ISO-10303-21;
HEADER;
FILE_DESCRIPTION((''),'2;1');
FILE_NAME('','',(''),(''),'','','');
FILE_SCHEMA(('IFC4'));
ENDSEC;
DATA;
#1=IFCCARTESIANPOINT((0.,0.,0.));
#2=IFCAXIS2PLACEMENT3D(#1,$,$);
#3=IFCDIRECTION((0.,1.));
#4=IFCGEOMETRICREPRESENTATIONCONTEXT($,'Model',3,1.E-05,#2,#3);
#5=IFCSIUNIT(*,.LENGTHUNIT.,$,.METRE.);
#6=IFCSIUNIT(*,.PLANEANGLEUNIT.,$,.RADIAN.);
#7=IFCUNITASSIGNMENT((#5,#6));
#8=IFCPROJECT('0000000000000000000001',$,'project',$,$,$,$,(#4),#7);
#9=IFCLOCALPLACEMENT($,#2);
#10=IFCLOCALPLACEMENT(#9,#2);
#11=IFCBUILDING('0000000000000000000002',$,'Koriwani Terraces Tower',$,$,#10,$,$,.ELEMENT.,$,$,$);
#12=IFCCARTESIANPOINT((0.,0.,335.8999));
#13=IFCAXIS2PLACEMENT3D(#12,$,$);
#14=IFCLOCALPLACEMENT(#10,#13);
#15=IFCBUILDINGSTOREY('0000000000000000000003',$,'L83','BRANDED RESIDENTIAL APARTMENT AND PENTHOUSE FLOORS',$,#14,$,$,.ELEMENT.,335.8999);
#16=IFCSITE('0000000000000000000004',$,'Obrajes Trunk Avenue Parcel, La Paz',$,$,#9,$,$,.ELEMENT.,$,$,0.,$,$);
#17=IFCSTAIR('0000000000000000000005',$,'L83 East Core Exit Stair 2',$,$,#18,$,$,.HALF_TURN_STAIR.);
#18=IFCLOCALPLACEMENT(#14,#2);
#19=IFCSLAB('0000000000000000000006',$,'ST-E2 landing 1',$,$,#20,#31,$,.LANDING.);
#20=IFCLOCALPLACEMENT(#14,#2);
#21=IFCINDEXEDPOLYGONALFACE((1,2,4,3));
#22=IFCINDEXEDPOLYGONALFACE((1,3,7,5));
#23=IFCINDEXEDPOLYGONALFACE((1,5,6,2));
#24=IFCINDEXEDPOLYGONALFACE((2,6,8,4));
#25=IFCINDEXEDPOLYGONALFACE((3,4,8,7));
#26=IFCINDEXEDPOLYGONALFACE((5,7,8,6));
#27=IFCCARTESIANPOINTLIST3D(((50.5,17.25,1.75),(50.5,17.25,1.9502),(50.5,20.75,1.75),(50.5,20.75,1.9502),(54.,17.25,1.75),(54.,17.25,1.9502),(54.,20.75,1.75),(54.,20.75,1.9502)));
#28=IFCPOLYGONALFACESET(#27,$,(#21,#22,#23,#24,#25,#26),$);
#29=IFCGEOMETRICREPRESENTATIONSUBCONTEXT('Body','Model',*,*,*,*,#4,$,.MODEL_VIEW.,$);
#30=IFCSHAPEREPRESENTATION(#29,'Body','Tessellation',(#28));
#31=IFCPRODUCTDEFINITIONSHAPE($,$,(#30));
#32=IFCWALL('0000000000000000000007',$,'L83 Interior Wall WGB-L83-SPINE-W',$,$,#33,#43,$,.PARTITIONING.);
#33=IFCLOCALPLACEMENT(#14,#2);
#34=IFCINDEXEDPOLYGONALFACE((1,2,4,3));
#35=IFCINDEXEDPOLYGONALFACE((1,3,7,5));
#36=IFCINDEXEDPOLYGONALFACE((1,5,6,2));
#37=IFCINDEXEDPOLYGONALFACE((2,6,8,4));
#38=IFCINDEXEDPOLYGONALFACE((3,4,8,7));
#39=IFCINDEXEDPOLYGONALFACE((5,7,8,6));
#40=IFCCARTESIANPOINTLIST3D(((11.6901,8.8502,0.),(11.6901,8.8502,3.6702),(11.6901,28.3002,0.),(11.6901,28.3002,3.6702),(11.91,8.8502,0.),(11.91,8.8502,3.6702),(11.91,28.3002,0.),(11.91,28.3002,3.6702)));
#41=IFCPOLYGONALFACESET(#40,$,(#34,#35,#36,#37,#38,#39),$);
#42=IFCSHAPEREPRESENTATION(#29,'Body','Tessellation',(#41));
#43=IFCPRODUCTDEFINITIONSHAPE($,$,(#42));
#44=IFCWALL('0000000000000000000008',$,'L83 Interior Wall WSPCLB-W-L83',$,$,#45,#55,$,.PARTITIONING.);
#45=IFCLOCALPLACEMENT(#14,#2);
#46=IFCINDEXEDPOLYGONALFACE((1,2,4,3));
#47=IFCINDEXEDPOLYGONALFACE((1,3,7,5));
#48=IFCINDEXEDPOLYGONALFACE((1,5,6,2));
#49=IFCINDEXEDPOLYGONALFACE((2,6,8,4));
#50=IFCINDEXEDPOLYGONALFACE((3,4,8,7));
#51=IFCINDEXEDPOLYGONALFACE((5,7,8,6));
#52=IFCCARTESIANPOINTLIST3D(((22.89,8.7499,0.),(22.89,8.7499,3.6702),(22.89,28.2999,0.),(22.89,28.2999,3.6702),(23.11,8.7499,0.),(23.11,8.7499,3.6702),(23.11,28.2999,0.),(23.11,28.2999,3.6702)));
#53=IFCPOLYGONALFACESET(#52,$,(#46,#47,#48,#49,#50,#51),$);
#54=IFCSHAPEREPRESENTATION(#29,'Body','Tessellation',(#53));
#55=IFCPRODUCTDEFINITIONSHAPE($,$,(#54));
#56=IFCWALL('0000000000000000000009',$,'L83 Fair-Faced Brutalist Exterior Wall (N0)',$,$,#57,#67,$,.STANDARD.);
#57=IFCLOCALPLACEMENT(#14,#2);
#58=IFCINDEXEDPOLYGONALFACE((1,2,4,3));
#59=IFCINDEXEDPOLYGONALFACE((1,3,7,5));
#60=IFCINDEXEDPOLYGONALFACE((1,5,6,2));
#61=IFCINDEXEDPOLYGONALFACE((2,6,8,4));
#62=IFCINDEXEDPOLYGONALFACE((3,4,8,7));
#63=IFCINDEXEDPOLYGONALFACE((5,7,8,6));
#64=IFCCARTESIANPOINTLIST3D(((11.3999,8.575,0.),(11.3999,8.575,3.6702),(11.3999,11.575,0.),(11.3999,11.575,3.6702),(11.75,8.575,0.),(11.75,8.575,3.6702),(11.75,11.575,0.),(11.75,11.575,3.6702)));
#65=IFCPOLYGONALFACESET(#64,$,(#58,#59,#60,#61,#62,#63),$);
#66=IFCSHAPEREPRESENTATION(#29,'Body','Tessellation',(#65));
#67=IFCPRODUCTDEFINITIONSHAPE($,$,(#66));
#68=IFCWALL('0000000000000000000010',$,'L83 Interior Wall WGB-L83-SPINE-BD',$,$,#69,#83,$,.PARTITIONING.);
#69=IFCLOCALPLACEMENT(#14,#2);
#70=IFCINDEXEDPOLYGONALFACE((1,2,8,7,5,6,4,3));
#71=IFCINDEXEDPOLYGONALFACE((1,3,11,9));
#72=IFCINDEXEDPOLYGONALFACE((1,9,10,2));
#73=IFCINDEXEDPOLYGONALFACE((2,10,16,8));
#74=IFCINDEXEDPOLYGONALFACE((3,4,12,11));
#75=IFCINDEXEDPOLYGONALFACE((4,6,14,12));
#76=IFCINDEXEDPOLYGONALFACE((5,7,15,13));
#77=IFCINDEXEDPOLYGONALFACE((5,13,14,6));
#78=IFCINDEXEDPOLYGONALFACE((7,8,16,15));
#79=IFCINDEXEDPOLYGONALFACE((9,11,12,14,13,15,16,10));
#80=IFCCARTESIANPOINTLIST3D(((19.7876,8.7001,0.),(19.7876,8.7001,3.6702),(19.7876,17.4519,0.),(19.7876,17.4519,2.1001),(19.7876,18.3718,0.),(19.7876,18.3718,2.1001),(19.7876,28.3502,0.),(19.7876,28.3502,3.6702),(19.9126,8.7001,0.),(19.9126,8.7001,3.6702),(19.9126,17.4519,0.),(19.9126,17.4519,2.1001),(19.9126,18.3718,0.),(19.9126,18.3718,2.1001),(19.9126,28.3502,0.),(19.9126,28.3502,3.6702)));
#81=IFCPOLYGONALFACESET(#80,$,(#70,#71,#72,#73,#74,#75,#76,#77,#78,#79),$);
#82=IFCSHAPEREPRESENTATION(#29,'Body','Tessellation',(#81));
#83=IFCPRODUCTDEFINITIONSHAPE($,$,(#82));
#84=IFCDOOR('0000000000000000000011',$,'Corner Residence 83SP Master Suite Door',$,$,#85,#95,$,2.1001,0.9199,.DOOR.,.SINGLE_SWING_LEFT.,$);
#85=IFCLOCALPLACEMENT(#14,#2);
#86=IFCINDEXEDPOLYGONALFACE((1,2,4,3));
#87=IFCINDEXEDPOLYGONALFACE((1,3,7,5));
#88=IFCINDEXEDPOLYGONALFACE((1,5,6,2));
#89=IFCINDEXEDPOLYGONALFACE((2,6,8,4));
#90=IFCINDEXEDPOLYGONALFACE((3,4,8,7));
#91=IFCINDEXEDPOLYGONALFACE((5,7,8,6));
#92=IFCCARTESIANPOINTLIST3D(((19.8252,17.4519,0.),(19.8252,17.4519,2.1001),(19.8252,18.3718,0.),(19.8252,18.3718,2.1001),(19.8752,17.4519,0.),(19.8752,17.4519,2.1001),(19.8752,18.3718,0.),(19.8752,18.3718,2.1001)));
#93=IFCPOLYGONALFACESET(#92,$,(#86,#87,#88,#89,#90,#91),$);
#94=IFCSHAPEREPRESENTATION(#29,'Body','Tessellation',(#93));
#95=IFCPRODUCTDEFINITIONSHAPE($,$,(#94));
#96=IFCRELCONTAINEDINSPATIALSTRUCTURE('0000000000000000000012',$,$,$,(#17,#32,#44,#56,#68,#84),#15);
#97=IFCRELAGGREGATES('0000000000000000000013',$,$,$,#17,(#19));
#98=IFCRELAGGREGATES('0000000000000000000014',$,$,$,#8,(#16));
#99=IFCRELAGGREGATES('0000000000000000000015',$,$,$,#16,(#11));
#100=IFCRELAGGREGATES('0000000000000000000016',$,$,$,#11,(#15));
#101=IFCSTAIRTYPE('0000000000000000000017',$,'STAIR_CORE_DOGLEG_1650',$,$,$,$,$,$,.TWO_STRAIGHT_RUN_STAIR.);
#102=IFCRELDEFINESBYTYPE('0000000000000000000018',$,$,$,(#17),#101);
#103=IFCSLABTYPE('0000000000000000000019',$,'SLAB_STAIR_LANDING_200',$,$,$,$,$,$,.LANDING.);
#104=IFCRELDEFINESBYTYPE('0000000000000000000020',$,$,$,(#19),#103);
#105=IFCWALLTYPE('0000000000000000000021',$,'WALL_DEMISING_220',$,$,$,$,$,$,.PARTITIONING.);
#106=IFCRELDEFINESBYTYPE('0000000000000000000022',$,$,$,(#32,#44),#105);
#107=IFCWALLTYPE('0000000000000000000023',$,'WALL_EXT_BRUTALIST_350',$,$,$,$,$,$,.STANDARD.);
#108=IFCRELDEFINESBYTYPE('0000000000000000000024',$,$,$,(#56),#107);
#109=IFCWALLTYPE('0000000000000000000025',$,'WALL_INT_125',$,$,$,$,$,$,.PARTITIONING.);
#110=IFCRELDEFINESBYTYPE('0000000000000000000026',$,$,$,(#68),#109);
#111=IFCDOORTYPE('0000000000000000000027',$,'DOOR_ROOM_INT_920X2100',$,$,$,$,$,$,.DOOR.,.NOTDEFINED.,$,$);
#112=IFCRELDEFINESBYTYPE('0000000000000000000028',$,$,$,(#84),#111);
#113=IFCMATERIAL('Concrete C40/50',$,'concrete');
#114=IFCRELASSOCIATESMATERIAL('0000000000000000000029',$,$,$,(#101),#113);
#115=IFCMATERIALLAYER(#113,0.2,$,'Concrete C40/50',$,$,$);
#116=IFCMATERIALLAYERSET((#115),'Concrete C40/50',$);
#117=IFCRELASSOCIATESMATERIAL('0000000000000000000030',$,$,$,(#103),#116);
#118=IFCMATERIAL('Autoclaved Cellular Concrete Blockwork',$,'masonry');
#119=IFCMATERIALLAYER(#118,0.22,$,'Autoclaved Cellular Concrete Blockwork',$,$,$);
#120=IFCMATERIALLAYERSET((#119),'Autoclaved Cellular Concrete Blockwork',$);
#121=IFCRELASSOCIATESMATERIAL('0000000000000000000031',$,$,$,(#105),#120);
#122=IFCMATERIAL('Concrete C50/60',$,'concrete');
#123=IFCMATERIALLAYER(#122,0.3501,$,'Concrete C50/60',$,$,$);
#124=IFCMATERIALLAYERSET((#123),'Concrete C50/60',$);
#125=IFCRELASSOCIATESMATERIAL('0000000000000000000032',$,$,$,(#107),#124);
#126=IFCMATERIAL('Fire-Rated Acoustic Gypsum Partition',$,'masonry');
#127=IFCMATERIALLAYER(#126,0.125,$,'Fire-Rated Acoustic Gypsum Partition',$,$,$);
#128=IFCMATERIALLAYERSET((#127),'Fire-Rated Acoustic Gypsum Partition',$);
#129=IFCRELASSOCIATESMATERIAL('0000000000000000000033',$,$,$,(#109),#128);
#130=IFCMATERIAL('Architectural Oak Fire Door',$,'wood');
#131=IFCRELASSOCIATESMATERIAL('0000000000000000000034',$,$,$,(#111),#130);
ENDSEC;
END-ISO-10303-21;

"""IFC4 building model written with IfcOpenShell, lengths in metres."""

from ifc_helpers import new_model, si_unit, direction, frame, frame_2d, origin, place, context, subcontext, project, spatial, polyline, rectangle, outline, extrude, material, layer, layer_set, type_object, element, fill, aggregate, save


model = new_model("IFC4")

# Units and contexts
model_context = context("Model", 3, precision=1e-05, world=origin(), true_north=direction((0.0, 1.0)))
body_context = subcontext(model_context, "Body", "Model", "MODEL_VIEW")
ifc_project = project(units=[si_unit("LENGTHUNIT", "METRE"), si_unit("PLANEANGLEUNIT", "RADIAN")], contexts=[model_context])

# Site, building, storey
site_placement = place(None, origin())
site = spatial("IfcSite", under=ifc_project, at=site_placement, Name="Obrajes Trunk Avenue Parcel, La Paz", CompositionType="ELEMENT", RefElevation=0.0)
building_placement = place(site_placement, origin())
building = spatial("IfcBuilding", under=site, at=building_placement, Name="Koriwani Terraces Tower", CompositionType="ELEMENT")
storey_placement = place(building_placement, frame((0.0, 0.0, 335.8999)))
storey = spatial("IfcBuildingStorey", under=building, at=storey_placement, Name="L83", Description="BRANDED RESIDENTIAL APARTMENT AND PENTHOUSE FLOORS", CompositionType="ELEMENT", Elevation=335.8999)

# Shared definitions
ifc_material_1 = material(Name="Concrete C50/60", Category="concrete")

# Shared definitions
ifc_material_2 = material(Name="Concrete C40/50", Category="concrete")

# Stair, slab
stair_type = type_object("IfcStairType", Name="STAIR_CORE_DOGLEG_1650", PredefinedType="TWO_STRAIGHT_RUN_STAIR", material=ifc_material_2)
ifc_layer_1 = layer(ifc_material_2, 0.2, Name="Concrete C40/50")
ifc_layer_set_1 = layer_set([ifc_layer_1], Name="Concrete C40/50")
slab_type_1 = type_object("IfcSlabType", Name="SLAB_STAIR_LANDING_200", PredefinedType="LANDING", material=ifc_layer_set_1)
stair_1_placement = place(storey_placement, origin())
stair_1 = element("IfcStair", 1, at=stair_1_placement, inside=storey, type_object=stair_type, Name="L83 East Core Exit Stair 2", PredefinedType="HALF_TURN_STAIR")
slab_1_placement = place(storey_placement, frame((0.0, 0.0, 1.75)))
slab_1 = element("IfcSlab", 2, at=slab_1_placement, type_object=slab_type_1, Name="ST-E2 landing 1", PredefinedType="LANDING", context=body_context, shape_type="SweptSolid", body=[
    extrude(outline(polyline([(54.0, 20.75), (50.5, 20.75), (50.5, 17.25), (54.0, 17.25), (54.0, 20.75)])), origin(), (0.0, 0.0, 1.0), 0.2002),
])
aggregate(stair_1, [slab_1])

# Walls
ifc_material_3 = material(Name="Autoclaved Cellular Concrete Blockwork", Category="masonry")
ifc_layer_2 = layer(ifc_material_3, 0.22, Name="Autoclaved Cellular Concrete Blockwork")
ifc_layer_set_2 = layer_set([ifc_layer_2], Name="Autoclaved Cellular Concrete Blockwork")
wall_type_1 = type_object("IfcWallType", Name="WALL_DEMISING_220", PredefinedType="PARTITIONING", material=ifc_layer_set_2)
wall_1_placement = place(storey_placement, frame((11.8, 8.8501, 0.0), z_axis=(0.0, 0.0, 1.0), x_axis=(0.0, 1.0, 0.0)))
element("IfcWall", 3, at=wall_1_placement, inside=storey, type_object=wall_type_1, Name="L83 Interior Wall WGB-L83-SPINE-W", PredefinedType="PARTITIONING", context=body_context, shape_type="SweptSolid", body=[
    extrude(rectangle(XDim=19.45, YDim=0.22, at=frame_2d((9.7251, 0.0))), origin(), (0.0, 0.0, 1.0), 3.6702),
])
wall_2_placement = place(storey_placement, frame((23.0, 8.75, 0.0), z_axis=(0.0, 0.0, 1.0), x_axis=(0.0, 1.0, 0.0)))
element("IfcWall", 4, at=wall_2_placement, inside=storey, type_object=wall_type_1, Name="L83 Interior Wall WSPCLB-W-L83", PredefinedType="PARTITIONING", context=body_context, shape_type="SweptSolid", body=[
    extrude(rectangle(XDim=19.55, YDim=0.22, at=frame_2d((9.7749, 0.0))), origin(), (0.0, 0.0, 1.0), 3.6702),
])
ifc_layer_3 = layer(ifc_material_1, 0.3501, Name="Concrete C50/60")
ifc_layer_set_3 = layer_set([ifc_layer_3], Name="Concrete C50/60")
wall_type_2 = type_object("IfcWallType", Name="WALL_EXT_BRUTALIST_350", PredefinedType="STANDARD", material=ifc_layer_set_3)
wall_3_placement = place(storey_placement, frame((11.575, 8.575, 0.0), z_axis=(0.0, 0.0, 1.0), x_axis=(0.0, 1.0, 0.0)))
element("IfcWall", 5, at=wall_3_placement, inside=storey, type_object=wall_type_2, Name="L83 Fair-Faced Brutalist Exterior Wall (N0)", PredefinedType="STANDARD", context=body_context, shape_type="SweptSolid", body=[
    extrude(rectangle(XDim=3.0, YDim=0.3501, at=frame_2d((1.5, 0.0))), origin(), (0.0, 0.0, 1.0), 3.6702),
])

# Wall, opening, door
ifc_material_4 = material(Name="Fire-Rated Acoustic Gypsum Partition", Category="masonry")
ifc_layer_4 = layer(ifc_material_4, 0.125, Name="Fire-Rated Acoustic Gypsum Partition")
ifc_layer_set_4 = layer_set([ifc_layer_4], Name="Fire-Rated Acoustic Gypsum Partition")
wall_type_3 = type_object("IfcWallType", Name="WALL_INT_125", PredefinedType="PARTITIONING", material=ifc_layer_set_4)
wall_4_placement = place(storey_placement, frame((19.8501, 8.7, 0.0), z_axis=(0.0, 0.0, 1.0), x_axis=(0.0, 1.0, 0.0)))
wall_4 = element("IfcWall", 6, at=wall_4_placement, inside=storey, type_object=wall_type_3, Name="L83 Interior Wall WGB-L83-SPINE-BD", PredefinedType="PARTITIONING", context=body_context, shape_type="SweptSolid", body=[
    extrude(rectangle(XDim=19.6501, YDim=0.125, at=frame_2d((9.8252, 0.0))), origin(), (0.0, 0.0, 1.0), 3.6702),
])
opening_placement = place(wall_4_placement, frame((8.752, 0.0, 0.0)))
opening = element("IfcOpeningElement", 7, at=opening_placement, cuts=wall_4, PredefinedType="OPENING", context=body_context, shape_type="SweptSolid", body=[
    extrude(rectangle(XDim=0.9199, YDim=2.1001, at=frame_2d((0.46, 1.05))), frame((0.0, 0.0725, 0.0), z_axis=(0.0, -1.0, 0.0), x_axis=(1.0, 0.0, 0.0)), (0.0, 0.0, 1.0), 0.145),
])
ifc_material_5 = material(Name="Architectural Oak Fire Door", Category="wood")
door_type = type_object("IfcDoorType", Name="DOOR_ROOM_INT_920X2100", OperationType="NOTDEFINED", PredefinedType="DOOR", material=ifc_material_5)
door_placement = place(opening_placement, origin())
door = element("IfcDoor", 8, at=door_placement, inside=storey, type_object=door_type, Name="Corner Residence 83SP Master Suite Door", OperationType="SINGLE_SWING_LEFT", OverallHeight=2.1001, OverallWidth=0.9199, PredefinedType="DOOR", context=body_context, shape_type="SweptSolid", body=[
    extrude(rectangle(XDim=0.9199, YDim=2.1001, at=frame_2d((0.46, 1.05))), frame((0.0, 0.0249, 0.0), z_axis=(0.0, -1.0, 0.0), x_axis=(1.0, 0.0, 0.0)), (0.0, 0.0, 1.0), 0.05),
])
fill(opening, door)

save(model, "model.ifc")
